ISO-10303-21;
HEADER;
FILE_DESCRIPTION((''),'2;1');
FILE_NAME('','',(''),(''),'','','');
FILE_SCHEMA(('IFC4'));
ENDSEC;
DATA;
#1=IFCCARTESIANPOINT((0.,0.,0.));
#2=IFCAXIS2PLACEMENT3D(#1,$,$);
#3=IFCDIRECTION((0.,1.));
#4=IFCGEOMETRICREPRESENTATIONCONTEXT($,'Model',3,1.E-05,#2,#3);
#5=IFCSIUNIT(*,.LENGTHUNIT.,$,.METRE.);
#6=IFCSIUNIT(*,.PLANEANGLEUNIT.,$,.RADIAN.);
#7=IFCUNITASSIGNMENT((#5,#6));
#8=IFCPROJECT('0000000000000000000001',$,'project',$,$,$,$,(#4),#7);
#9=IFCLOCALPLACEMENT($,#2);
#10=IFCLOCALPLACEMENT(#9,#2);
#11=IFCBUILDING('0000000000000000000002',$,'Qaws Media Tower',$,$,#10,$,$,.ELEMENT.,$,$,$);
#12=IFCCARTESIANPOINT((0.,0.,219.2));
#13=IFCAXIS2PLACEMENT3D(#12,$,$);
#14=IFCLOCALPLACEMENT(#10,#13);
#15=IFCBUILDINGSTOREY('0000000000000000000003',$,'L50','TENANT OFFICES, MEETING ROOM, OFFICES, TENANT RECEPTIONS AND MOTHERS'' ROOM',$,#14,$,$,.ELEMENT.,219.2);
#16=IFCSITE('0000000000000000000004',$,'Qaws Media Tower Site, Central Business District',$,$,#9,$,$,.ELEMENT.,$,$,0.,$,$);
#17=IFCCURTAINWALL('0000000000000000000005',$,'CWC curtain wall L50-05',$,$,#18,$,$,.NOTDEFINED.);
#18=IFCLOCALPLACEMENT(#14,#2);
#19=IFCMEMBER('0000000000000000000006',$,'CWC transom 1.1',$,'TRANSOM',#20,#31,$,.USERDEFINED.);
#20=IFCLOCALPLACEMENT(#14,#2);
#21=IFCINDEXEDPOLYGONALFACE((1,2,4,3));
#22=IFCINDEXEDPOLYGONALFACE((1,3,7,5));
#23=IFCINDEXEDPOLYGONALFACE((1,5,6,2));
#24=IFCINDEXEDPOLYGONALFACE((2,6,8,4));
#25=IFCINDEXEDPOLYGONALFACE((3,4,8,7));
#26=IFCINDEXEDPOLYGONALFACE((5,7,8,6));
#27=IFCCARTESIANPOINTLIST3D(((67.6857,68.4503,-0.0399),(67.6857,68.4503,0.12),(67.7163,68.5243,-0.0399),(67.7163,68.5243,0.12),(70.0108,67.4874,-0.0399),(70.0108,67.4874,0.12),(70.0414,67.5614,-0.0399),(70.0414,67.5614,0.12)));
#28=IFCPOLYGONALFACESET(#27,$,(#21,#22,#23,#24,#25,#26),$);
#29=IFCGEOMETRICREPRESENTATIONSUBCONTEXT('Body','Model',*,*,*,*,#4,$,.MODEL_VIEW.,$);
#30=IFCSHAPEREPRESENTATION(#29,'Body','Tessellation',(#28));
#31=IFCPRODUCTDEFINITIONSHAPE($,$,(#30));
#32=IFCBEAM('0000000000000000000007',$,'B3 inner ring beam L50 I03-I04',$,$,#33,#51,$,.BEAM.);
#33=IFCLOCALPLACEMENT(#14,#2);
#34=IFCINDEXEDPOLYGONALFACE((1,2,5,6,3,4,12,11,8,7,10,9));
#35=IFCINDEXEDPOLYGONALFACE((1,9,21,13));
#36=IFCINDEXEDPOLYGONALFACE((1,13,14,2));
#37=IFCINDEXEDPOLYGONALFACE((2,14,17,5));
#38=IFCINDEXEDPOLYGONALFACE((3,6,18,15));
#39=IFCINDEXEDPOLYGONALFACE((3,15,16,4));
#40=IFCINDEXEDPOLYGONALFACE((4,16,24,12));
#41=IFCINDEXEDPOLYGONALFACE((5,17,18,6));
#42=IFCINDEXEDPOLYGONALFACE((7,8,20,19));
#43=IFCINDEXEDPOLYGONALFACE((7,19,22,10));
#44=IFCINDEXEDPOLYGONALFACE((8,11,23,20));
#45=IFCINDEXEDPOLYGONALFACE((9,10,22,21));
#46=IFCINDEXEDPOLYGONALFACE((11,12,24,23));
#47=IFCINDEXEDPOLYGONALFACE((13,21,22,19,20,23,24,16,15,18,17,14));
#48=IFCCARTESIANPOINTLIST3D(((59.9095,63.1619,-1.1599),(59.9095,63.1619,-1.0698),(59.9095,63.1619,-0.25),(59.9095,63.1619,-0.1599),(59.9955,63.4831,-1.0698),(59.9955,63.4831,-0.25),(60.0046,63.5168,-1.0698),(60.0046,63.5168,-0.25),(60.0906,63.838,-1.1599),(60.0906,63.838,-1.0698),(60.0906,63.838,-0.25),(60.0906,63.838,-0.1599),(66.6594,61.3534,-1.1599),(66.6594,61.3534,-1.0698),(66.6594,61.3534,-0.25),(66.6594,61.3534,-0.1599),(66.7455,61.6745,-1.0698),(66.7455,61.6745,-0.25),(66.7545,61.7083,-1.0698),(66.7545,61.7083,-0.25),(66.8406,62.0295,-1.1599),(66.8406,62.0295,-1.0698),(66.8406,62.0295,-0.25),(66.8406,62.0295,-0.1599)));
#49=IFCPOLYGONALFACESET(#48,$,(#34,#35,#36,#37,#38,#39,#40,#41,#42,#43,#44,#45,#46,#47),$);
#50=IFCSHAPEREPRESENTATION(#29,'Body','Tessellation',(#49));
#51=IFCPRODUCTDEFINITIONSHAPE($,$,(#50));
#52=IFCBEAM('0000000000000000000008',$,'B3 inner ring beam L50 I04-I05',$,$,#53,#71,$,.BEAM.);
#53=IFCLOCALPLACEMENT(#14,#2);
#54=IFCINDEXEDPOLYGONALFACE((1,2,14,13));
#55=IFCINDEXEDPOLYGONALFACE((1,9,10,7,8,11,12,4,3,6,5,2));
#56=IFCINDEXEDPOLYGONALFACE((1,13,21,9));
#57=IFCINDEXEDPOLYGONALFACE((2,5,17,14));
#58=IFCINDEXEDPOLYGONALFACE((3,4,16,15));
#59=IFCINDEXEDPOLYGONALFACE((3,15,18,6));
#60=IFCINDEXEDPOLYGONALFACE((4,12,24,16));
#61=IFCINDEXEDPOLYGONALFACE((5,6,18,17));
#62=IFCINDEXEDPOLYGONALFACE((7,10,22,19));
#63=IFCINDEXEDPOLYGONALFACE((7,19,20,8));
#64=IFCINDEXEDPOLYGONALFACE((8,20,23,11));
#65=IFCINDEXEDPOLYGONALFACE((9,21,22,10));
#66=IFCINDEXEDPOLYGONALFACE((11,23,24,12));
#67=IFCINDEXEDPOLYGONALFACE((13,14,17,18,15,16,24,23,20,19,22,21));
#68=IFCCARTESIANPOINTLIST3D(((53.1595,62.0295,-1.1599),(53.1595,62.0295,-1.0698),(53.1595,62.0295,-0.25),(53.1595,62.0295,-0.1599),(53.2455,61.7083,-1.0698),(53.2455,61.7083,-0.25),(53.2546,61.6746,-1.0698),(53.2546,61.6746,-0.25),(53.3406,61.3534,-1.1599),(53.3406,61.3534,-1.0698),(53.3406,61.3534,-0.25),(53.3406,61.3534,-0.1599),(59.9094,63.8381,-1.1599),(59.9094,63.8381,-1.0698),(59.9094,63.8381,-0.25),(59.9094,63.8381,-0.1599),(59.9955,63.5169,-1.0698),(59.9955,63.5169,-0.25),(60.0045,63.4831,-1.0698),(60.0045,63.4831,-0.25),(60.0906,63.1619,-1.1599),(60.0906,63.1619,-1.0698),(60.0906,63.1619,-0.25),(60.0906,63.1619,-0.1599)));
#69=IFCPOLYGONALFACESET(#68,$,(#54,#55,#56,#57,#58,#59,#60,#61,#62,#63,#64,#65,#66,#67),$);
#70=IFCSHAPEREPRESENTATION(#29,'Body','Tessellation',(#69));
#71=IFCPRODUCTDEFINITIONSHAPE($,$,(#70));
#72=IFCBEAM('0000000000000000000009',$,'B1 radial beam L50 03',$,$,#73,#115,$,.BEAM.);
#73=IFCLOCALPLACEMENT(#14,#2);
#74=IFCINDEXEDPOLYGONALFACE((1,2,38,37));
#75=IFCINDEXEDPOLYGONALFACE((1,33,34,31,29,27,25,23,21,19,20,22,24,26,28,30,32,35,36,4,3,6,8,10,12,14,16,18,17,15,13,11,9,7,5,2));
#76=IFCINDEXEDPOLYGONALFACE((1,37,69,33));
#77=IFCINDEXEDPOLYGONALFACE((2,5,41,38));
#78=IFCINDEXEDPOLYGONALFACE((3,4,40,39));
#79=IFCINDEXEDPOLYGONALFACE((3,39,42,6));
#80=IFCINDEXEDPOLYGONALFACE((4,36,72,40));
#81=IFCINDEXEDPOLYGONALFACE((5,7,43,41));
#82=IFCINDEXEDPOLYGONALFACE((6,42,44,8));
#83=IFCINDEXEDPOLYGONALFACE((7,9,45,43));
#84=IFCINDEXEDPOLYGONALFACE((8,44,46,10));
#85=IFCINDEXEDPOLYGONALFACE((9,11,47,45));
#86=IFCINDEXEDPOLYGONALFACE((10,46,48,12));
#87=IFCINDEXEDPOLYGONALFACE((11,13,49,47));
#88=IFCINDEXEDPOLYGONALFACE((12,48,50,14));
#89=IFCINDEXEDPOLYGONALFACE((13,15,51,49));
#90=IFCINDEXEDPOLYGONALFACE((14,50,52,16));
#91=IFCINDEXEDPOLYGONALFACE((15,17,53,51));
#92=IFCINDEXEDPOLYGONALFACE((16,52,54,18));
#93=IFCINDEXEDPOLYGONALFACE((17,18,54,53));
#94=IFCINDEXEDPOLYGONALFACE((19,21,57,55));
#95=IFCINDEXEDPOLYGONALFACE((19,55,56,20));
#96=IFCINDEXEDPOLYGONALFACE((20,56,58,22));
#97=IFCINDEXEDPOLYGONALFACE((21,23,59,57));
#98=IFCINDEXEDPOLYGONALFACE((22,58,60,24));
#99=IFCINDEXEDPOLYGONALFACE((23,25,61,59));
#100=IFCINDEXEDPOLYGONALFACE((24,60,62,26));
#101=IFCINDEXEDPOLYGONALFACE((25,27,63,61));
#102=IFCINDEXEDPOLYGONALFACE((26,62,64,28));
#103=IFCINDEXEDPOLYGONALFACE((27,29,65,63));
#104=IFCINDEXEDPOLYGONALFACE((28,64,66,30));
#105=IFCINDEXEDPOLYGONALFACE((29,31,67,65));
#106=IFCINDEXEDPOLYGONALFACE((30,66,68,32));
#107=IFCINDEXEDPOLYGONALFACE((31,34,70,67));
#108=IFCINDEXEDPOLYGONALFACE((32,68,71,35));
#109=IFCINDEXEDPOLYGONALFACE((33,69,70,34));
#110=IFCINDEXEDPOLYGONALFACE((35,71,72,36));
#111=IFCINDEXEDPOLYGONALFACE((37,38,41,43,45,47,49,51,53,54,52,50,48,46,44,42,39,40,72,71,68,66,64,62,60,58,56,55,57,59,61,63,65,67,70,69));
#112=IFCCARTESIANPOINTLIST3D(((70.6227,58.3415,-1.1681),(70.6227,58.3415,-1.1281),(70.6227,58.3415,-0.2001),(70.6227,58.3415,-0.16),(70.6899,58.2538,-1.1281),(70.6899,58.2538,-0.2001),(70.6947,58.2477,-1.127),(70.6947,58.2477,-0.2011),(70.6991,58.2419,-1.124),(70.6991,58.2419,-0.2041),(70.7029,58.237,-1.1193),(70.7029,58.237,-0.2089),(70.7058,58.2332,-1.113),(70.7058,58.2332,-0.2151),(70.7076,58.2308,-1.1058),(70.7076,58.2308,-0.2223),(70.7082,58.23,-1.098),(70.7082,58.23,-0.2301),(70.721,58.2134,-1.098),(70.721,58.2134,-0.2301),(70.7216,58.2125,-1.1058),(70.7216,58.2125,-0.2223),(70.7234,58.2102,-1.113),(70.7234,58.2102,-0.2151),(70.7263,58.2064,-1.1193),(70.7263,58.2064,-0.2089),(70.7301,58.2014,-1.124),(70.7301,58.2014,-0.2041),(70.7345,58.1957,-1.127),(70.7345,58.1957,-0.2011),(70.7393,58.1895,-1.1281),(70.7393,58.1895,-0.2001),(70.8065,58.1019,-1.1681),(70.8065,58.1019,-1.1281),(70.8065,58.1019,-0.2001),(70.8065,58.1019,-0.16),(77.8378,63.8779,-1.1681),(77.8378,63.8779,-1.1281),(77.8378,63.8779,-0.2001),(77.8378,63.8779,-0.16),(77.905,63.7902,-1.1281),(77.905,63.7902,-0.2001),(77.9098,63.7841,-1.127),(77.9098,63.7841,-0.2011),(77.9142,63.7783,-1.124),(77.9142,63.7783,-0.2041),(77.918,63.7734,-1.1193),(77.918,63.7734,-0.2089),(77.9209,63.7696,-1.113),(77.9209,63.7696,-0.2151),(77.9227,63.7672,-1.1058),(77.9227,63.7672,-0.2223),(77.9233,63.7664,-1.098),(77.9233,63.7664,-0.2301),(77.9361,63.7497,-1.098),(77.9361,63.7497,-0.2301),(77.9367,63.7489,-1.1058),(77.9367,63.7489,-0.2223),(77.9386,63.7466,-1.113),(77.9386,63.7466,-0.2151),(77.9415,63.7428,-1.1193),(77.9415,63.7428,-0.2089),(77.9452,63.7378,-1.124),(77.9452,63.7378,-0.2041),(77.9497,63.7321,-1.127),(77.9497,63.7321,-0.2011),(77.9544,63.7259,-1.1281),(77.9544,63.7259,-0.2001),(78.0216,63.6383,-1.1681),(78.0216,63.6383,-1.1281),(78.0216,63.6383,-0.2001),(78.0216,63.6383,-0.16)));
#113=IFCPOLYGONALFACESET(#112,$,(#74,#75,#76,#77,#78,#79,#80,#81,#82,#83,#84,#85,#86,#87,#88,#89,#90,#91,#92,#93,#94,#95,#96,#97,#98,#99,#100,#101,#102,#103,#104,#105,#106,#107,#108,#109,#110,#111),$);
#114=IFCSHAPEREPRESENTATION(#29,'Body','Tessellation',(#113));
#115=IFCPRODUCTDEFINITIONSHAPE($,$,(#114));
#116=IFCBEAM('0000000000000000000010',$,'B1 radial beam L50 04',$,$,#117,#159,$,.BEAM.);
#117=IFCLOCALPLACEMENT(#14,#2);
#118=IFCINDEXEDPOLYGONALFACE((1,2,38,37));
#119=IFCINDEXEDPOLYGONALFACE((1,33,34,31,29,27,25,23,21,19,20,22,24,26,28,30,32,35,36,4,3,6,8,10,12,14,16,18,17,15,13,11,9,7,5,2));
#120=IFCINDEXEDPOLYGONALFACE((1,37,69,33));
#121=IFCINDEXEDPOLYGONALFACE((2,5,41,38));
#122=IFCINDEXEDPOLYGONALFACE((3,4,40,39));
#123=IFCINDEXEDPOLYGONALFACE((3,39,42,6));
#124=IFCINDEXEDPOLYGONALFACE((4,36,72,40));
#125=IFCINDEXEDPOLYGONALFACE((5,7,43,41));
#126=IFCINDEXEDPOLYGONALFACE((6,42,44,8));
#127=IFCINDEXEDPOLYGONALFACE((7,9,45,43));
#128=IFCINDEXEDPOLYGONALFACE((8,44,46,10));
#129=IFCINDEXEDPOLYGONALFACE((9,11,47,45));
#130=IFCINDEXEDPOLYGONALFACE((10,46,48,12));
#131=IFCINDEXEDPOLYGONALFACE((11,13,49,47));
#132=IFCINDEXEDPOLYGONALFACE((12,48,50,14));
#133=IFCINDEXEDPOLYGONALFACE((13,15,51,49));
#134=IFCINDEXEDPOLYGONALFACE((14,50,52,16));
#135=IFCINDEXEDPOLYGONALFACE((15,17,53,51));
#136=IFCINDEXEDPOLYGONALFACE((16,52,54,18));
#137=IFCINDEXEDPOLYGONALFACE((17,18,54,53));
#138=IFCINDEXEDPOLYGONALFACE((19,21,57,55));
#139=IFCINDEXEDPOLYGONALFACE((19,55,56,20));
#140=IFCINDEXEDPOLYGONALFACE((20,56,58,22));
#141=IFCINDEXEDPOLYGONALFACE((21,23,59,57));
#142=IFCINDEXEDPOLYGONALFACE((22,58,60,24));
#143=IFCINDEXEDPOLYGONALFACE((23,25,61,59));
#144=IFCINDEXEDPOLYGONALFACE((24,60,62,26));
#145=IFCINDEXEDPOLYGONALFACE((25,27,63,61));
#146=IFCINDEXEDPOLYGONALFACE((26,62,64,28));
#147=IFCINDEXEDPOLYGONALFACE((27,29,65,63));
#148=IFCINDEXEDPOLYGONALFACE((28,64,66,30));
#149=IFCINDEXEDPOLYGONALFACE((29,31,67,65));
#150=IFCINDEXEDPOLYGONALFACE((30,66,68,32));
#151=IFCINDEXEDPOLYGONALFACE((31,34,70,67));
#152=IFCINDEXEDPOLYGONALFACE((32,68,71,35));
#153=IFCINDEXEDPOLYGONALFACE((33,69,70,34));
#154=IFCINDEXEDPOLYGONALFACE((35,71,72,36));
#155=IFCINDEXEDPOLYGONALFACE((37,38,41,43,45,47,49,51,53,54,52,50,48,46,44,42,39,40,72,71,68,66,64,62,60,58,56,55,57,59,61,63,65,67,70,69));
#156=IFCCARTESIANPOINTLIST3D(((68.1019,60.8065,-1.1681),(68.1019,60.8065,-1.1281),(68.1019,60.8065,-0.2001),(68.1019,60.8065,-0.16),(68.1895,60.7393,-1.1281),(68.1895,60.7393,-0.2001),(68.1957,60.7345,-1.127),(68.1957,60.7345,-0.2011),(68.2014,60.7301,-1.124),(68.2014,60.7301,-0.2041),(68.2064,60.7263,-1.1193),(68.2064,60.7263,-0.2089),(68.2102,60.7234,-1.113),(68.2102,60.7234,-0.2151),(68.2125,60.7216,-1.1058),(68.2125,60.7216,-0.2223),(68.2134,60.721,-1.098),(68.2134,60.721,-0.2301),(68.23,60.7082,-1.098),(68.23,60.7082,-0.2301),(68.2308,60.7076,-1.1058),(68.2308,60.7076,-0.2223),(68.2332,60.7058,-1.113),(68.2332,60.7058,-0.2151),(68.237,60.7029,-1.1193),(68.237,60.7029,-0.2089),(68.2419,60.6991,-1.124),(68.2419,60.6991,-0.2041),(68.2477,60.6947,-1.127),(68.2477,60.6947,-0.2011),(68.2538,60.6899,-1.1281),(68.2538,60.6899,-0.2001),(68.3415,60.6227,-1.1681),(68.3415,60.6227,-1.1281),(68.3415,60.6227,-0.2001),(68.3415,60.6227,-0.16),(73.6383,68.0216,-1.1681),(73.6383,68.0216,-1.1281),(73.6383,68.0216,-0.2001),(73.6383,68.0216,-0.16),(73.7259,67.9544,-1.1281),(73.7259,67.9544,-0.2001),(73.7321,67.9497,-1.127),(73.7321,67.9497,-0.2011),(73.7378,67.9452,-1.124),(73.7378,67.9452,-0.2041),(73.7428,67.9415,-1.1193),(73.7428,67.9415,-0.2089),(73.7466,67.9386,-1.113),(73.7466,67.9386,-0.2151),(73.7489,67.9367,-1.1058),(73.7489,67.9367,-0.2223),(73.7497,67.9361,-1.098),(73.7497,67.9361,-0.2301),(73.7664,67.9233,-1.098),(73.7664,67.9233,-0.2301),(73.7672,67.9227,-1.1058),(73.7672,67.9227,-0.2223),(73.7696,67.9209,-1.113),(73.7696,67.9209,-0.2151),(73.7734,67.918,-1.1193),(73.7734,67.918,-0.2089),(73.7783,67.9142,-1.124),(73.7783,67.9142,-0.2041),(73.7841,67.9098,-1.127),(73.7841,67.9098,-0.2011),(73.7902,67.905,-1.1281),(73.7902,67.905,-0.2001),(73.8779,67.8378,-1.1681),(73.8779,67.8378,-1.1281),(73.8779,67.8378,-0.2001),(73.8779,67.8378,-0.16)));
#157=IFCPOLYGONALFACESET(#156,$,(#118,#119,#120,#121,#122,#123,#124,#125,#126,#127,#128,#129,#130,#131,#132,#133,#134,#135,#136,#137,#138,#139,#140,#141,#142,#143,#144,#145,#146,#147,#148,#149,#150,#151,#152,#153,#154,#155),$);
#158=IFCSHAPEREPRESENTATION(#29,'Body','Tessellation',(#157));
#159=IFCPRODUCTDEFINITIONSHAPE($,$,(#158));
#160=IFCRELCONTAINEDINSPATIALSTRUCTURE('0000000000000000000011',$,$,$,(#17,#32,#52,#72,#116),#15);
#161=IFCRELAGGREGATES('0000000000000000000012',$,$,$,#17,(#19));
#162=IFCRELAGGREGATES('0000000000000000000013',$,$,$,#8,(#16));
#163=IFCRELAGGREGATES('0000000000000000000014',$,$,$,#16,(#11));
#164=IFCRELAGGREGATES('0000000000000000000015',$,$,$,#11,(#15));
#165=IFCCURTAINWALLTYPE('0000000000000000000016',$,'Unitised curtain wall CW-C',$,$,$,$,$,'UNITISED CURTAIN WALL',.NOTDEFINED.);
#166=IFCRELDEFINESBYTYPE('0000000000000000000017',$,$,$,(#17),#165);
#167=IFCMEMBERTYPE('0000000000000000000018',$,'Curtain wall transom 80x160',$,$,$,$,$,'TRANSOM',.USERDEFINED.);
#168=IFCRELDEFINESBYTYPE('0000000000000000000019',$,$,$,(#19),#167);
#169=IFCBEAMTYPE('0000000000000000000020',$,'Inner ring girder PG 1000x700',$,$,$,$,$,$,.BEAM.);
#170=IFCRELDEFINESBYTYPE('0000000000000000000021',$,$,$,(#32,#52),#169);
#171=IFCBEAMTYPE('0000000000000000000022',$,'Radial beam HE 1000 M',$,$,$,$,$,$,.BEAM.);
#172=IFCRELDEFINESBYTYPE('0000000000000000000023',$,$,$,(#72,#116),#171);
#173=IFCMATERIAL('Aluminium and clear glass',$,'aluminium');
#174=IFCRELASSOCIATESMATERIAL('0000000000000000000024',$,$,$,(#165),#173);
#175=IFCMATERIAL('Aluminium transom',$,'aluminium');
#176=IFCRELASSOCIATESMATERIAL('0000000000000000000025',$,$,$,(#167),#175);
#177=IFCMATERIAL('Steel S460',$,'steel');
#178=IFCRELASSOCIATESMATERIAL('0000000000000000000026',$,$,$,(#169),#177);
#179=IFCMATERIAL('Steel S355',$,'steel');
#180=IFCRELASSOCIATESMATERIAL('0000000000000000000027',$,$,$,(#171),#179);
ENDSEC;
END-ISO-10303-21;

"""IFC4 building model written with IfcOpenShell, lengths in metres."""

from ifc_helpers import new_model, si_unit, direction, frame, origin, origin_2d, place, context, subcontext, project, spatial, rectangle, i_section, extrude, material, material_profile, profile_set, type_object, element, aggregate, save


model = new_model("IFC4")

# Units and contexts
model_context = context("Model", 3, precision=1e-05, world=origin(), true_north=direction((0.0, 1.0)))
body_context = subcontext(model_context, "Body", "Model", "MODEL_VIEW")
ifc_project = project(units=[si_unit("LENGTHUNIT", "METRE"), si_unit("PLANEANGLEUNIT", "RADIAN")], contexts=[model_context])

# Site, building, storey
site_placement = place(None, origin())
site = spatial("IfcSite", under=ifc_project, at=site_placement, Name="Qaws Media Tower Site, Central Business District", CompositionType="ELEMENT", RefElevation=0.0)
building_placement = place(site_placement, origin())
building = spatial("IfcBuilding", under=site, at=building_placement, Name="Qaws Media Tower", CompositionType="ELEMENT")
storey_placement = place(building_placement, frame((0.0, 0.0, 219.2)))
storey = spatial("IfcBuildingStorey", under=building, at=storey_placement, Name="L50", Description="TENANT OFFICES, MEETING ROOM, OFFICES, TENANT RECEPTIONS AND MOTHERS' ROOM", CompositionType="ELEMENT", Elevation=219.2)

# Shared definitions
ifc_material_1 = material(Name="Aluminium and clear glass", Category="aluminium")
curtain_wall_type = type_object("IfcCurtainWallType", Name="Unitised curtain wall CW-C", ElementType="UNITISED CURTAIN WALL", PredefinedType="NOTDEFINED", material=ifc_material_1)

# Curtain wall, member
curtain_wall_1_placement = place(storey_placement, origin())
curtain_wall_1 = element("IfcCurtainWall", 1, at=curtain_wall_1_placement, inside=storey, type_object=curtain_wall_type, Name="CWC curtain wall L50-05", PredefinedType="NOTDEFINED")
ifc_material_2 = material(Name="Aluminium transom", Category="aluminium")
ifc_material_profile_1 = material_profile(ifc_material_2, rectangle(XDim=0.0801, YDim=0.1599, at=origin_2d()), Name="80x160")
ifc_profile_set_1 = profile_set([ifc_material_profile_1], Name="Aluminium transom")
member_type_1 = type_object("IfcMemberType", Name="Curtain wall transom 80x160", ElementType="TRANSOM", PredefinedType="USERDEFINED", material=ifc_profile_set_1)
member_1_placement = place(storey_placement, frame((70.0261, 67.5244, 0.04), z_axis=(-0.923913, 0.382603, 0.0), x_axis=(-0.382603, -0.923913, 0.0)))
member_1 = element("IfcMember", 2, at=member_1_placement, type_object=member_type_1, Name="CWC transom 1.1", ObjectType="TRANSOM", PredefinedType="USERDEFINED", context=body_context, shape_type="SweptSolid", body=[
    extrude(rectangle(XDim=0.0801, YDim=0.1599, at=origin_2d()), origin(), (0.0, 0.0, 1.0), 2.5166),
])
aggregate(curtain_wall_1, [member_1])

# Beams
ifc_material_3 = material(Name="Steel S460", Category="steel")
ifc_material_profile_2 = material_profile(ifc_material_3, i_section(OverallWidth=0.7, OverallDepth=1.0, WebThickness=0.0349, FlangeThickness=0.0901, at=origin_2d()), Name="PG 1000x700")
ifc_profile_set_2 = profile_set([ifc_material_profile_2], Name="Steel S460")
beam_type_1 = type_object("IfcBeamType", Name="Inner ring girder PG 1000x700", PredefinedType="BEAM", material=ifc_profile_set_2)
for number, where, z_axis, x_axis, name in (
    (3, (66.75, 61.6914, -0.6599), (-0.965928, 0.258811, 0.0), (-0.258811, -0.965928, 0.0), "B3 inner ring beam L50 I03-I04"),
    (4, (60.0, 63.5, -0.6599), (-0.965928, -0.258811, 0.0), (0.258811, -0.965928, 0.0), "B3 inner ring beam L50 I04-I05"),
):
    element("IfcBeam", number, at=place(storey_placement, frame(where, z_axis=z_axis, x_axis=x_axis)), inside=storey, type_object=beam_type_1, Name=name, PredefinedType="BEAM", context=body_context, shape_type="SweptSolid", body=[
        extrude(i_section(OverallWidth=0.7, OverallDepth=1.0, WebThickness=0.0349, FlangeThickness=0.0901, at=origin_2d()), origin(), (0.0, 0.0, 1.0), 6.988),
    ])
ifc_material_4 = material(Name="Steel S355", Category="steel")
ifc_material_profile_3 = material_profile(ifc_material_4, i_section(OverallWidth=0.302, OverallDepth=1.0081, WebThickness=0.021, FlangeThickness=0.04, FilletRadius=0.03, at=origin_2d()), Name="HE 1000 M")
ifc_profile_set_3 = profile_set([ifc_material_profile_3], Name="Steel S355")
beam_type_2 = type_object("IfcBeamType", Name="Radial beam HE 1000 M", PredefinedType="BEAM", material=ifc_profile_set_3)
for number, where, z_axis, x_axis, name in (
    (5, (70.7146, 58.2217, -0.6641), (0.793351, 0.608765, 0.0), (-0.608765, 0.793351, 0.0), "B1 radial beam L50 03"),
    (6, (68.2217, 60.7146, -0.6641), (0.608765, 0.793351, 0.0), (-0.793351, 0.608765, 0.0), "B1 radial beam L50 04"),
):
    element("IfcBeam", number, at=place(storey_placement, frame(where, z_axis=z_axis, x_axis=x_axis)), inside=storey, type_object=beam_type_2, Name=name, PredefinedType="BEAM", context=body_context, shape_type="SweptSolid", body=[
        extrude(i_section(OverallWidth=0.302, OverallDepth=1.0081, WebThickness=0.021, FlangeThickness=0.04, FilletRadius=0.03, at=origin_2d()), origin(), (0.0, 0.0, 1.0), 9.0945),
    ])

save(model, "model.ifc")
